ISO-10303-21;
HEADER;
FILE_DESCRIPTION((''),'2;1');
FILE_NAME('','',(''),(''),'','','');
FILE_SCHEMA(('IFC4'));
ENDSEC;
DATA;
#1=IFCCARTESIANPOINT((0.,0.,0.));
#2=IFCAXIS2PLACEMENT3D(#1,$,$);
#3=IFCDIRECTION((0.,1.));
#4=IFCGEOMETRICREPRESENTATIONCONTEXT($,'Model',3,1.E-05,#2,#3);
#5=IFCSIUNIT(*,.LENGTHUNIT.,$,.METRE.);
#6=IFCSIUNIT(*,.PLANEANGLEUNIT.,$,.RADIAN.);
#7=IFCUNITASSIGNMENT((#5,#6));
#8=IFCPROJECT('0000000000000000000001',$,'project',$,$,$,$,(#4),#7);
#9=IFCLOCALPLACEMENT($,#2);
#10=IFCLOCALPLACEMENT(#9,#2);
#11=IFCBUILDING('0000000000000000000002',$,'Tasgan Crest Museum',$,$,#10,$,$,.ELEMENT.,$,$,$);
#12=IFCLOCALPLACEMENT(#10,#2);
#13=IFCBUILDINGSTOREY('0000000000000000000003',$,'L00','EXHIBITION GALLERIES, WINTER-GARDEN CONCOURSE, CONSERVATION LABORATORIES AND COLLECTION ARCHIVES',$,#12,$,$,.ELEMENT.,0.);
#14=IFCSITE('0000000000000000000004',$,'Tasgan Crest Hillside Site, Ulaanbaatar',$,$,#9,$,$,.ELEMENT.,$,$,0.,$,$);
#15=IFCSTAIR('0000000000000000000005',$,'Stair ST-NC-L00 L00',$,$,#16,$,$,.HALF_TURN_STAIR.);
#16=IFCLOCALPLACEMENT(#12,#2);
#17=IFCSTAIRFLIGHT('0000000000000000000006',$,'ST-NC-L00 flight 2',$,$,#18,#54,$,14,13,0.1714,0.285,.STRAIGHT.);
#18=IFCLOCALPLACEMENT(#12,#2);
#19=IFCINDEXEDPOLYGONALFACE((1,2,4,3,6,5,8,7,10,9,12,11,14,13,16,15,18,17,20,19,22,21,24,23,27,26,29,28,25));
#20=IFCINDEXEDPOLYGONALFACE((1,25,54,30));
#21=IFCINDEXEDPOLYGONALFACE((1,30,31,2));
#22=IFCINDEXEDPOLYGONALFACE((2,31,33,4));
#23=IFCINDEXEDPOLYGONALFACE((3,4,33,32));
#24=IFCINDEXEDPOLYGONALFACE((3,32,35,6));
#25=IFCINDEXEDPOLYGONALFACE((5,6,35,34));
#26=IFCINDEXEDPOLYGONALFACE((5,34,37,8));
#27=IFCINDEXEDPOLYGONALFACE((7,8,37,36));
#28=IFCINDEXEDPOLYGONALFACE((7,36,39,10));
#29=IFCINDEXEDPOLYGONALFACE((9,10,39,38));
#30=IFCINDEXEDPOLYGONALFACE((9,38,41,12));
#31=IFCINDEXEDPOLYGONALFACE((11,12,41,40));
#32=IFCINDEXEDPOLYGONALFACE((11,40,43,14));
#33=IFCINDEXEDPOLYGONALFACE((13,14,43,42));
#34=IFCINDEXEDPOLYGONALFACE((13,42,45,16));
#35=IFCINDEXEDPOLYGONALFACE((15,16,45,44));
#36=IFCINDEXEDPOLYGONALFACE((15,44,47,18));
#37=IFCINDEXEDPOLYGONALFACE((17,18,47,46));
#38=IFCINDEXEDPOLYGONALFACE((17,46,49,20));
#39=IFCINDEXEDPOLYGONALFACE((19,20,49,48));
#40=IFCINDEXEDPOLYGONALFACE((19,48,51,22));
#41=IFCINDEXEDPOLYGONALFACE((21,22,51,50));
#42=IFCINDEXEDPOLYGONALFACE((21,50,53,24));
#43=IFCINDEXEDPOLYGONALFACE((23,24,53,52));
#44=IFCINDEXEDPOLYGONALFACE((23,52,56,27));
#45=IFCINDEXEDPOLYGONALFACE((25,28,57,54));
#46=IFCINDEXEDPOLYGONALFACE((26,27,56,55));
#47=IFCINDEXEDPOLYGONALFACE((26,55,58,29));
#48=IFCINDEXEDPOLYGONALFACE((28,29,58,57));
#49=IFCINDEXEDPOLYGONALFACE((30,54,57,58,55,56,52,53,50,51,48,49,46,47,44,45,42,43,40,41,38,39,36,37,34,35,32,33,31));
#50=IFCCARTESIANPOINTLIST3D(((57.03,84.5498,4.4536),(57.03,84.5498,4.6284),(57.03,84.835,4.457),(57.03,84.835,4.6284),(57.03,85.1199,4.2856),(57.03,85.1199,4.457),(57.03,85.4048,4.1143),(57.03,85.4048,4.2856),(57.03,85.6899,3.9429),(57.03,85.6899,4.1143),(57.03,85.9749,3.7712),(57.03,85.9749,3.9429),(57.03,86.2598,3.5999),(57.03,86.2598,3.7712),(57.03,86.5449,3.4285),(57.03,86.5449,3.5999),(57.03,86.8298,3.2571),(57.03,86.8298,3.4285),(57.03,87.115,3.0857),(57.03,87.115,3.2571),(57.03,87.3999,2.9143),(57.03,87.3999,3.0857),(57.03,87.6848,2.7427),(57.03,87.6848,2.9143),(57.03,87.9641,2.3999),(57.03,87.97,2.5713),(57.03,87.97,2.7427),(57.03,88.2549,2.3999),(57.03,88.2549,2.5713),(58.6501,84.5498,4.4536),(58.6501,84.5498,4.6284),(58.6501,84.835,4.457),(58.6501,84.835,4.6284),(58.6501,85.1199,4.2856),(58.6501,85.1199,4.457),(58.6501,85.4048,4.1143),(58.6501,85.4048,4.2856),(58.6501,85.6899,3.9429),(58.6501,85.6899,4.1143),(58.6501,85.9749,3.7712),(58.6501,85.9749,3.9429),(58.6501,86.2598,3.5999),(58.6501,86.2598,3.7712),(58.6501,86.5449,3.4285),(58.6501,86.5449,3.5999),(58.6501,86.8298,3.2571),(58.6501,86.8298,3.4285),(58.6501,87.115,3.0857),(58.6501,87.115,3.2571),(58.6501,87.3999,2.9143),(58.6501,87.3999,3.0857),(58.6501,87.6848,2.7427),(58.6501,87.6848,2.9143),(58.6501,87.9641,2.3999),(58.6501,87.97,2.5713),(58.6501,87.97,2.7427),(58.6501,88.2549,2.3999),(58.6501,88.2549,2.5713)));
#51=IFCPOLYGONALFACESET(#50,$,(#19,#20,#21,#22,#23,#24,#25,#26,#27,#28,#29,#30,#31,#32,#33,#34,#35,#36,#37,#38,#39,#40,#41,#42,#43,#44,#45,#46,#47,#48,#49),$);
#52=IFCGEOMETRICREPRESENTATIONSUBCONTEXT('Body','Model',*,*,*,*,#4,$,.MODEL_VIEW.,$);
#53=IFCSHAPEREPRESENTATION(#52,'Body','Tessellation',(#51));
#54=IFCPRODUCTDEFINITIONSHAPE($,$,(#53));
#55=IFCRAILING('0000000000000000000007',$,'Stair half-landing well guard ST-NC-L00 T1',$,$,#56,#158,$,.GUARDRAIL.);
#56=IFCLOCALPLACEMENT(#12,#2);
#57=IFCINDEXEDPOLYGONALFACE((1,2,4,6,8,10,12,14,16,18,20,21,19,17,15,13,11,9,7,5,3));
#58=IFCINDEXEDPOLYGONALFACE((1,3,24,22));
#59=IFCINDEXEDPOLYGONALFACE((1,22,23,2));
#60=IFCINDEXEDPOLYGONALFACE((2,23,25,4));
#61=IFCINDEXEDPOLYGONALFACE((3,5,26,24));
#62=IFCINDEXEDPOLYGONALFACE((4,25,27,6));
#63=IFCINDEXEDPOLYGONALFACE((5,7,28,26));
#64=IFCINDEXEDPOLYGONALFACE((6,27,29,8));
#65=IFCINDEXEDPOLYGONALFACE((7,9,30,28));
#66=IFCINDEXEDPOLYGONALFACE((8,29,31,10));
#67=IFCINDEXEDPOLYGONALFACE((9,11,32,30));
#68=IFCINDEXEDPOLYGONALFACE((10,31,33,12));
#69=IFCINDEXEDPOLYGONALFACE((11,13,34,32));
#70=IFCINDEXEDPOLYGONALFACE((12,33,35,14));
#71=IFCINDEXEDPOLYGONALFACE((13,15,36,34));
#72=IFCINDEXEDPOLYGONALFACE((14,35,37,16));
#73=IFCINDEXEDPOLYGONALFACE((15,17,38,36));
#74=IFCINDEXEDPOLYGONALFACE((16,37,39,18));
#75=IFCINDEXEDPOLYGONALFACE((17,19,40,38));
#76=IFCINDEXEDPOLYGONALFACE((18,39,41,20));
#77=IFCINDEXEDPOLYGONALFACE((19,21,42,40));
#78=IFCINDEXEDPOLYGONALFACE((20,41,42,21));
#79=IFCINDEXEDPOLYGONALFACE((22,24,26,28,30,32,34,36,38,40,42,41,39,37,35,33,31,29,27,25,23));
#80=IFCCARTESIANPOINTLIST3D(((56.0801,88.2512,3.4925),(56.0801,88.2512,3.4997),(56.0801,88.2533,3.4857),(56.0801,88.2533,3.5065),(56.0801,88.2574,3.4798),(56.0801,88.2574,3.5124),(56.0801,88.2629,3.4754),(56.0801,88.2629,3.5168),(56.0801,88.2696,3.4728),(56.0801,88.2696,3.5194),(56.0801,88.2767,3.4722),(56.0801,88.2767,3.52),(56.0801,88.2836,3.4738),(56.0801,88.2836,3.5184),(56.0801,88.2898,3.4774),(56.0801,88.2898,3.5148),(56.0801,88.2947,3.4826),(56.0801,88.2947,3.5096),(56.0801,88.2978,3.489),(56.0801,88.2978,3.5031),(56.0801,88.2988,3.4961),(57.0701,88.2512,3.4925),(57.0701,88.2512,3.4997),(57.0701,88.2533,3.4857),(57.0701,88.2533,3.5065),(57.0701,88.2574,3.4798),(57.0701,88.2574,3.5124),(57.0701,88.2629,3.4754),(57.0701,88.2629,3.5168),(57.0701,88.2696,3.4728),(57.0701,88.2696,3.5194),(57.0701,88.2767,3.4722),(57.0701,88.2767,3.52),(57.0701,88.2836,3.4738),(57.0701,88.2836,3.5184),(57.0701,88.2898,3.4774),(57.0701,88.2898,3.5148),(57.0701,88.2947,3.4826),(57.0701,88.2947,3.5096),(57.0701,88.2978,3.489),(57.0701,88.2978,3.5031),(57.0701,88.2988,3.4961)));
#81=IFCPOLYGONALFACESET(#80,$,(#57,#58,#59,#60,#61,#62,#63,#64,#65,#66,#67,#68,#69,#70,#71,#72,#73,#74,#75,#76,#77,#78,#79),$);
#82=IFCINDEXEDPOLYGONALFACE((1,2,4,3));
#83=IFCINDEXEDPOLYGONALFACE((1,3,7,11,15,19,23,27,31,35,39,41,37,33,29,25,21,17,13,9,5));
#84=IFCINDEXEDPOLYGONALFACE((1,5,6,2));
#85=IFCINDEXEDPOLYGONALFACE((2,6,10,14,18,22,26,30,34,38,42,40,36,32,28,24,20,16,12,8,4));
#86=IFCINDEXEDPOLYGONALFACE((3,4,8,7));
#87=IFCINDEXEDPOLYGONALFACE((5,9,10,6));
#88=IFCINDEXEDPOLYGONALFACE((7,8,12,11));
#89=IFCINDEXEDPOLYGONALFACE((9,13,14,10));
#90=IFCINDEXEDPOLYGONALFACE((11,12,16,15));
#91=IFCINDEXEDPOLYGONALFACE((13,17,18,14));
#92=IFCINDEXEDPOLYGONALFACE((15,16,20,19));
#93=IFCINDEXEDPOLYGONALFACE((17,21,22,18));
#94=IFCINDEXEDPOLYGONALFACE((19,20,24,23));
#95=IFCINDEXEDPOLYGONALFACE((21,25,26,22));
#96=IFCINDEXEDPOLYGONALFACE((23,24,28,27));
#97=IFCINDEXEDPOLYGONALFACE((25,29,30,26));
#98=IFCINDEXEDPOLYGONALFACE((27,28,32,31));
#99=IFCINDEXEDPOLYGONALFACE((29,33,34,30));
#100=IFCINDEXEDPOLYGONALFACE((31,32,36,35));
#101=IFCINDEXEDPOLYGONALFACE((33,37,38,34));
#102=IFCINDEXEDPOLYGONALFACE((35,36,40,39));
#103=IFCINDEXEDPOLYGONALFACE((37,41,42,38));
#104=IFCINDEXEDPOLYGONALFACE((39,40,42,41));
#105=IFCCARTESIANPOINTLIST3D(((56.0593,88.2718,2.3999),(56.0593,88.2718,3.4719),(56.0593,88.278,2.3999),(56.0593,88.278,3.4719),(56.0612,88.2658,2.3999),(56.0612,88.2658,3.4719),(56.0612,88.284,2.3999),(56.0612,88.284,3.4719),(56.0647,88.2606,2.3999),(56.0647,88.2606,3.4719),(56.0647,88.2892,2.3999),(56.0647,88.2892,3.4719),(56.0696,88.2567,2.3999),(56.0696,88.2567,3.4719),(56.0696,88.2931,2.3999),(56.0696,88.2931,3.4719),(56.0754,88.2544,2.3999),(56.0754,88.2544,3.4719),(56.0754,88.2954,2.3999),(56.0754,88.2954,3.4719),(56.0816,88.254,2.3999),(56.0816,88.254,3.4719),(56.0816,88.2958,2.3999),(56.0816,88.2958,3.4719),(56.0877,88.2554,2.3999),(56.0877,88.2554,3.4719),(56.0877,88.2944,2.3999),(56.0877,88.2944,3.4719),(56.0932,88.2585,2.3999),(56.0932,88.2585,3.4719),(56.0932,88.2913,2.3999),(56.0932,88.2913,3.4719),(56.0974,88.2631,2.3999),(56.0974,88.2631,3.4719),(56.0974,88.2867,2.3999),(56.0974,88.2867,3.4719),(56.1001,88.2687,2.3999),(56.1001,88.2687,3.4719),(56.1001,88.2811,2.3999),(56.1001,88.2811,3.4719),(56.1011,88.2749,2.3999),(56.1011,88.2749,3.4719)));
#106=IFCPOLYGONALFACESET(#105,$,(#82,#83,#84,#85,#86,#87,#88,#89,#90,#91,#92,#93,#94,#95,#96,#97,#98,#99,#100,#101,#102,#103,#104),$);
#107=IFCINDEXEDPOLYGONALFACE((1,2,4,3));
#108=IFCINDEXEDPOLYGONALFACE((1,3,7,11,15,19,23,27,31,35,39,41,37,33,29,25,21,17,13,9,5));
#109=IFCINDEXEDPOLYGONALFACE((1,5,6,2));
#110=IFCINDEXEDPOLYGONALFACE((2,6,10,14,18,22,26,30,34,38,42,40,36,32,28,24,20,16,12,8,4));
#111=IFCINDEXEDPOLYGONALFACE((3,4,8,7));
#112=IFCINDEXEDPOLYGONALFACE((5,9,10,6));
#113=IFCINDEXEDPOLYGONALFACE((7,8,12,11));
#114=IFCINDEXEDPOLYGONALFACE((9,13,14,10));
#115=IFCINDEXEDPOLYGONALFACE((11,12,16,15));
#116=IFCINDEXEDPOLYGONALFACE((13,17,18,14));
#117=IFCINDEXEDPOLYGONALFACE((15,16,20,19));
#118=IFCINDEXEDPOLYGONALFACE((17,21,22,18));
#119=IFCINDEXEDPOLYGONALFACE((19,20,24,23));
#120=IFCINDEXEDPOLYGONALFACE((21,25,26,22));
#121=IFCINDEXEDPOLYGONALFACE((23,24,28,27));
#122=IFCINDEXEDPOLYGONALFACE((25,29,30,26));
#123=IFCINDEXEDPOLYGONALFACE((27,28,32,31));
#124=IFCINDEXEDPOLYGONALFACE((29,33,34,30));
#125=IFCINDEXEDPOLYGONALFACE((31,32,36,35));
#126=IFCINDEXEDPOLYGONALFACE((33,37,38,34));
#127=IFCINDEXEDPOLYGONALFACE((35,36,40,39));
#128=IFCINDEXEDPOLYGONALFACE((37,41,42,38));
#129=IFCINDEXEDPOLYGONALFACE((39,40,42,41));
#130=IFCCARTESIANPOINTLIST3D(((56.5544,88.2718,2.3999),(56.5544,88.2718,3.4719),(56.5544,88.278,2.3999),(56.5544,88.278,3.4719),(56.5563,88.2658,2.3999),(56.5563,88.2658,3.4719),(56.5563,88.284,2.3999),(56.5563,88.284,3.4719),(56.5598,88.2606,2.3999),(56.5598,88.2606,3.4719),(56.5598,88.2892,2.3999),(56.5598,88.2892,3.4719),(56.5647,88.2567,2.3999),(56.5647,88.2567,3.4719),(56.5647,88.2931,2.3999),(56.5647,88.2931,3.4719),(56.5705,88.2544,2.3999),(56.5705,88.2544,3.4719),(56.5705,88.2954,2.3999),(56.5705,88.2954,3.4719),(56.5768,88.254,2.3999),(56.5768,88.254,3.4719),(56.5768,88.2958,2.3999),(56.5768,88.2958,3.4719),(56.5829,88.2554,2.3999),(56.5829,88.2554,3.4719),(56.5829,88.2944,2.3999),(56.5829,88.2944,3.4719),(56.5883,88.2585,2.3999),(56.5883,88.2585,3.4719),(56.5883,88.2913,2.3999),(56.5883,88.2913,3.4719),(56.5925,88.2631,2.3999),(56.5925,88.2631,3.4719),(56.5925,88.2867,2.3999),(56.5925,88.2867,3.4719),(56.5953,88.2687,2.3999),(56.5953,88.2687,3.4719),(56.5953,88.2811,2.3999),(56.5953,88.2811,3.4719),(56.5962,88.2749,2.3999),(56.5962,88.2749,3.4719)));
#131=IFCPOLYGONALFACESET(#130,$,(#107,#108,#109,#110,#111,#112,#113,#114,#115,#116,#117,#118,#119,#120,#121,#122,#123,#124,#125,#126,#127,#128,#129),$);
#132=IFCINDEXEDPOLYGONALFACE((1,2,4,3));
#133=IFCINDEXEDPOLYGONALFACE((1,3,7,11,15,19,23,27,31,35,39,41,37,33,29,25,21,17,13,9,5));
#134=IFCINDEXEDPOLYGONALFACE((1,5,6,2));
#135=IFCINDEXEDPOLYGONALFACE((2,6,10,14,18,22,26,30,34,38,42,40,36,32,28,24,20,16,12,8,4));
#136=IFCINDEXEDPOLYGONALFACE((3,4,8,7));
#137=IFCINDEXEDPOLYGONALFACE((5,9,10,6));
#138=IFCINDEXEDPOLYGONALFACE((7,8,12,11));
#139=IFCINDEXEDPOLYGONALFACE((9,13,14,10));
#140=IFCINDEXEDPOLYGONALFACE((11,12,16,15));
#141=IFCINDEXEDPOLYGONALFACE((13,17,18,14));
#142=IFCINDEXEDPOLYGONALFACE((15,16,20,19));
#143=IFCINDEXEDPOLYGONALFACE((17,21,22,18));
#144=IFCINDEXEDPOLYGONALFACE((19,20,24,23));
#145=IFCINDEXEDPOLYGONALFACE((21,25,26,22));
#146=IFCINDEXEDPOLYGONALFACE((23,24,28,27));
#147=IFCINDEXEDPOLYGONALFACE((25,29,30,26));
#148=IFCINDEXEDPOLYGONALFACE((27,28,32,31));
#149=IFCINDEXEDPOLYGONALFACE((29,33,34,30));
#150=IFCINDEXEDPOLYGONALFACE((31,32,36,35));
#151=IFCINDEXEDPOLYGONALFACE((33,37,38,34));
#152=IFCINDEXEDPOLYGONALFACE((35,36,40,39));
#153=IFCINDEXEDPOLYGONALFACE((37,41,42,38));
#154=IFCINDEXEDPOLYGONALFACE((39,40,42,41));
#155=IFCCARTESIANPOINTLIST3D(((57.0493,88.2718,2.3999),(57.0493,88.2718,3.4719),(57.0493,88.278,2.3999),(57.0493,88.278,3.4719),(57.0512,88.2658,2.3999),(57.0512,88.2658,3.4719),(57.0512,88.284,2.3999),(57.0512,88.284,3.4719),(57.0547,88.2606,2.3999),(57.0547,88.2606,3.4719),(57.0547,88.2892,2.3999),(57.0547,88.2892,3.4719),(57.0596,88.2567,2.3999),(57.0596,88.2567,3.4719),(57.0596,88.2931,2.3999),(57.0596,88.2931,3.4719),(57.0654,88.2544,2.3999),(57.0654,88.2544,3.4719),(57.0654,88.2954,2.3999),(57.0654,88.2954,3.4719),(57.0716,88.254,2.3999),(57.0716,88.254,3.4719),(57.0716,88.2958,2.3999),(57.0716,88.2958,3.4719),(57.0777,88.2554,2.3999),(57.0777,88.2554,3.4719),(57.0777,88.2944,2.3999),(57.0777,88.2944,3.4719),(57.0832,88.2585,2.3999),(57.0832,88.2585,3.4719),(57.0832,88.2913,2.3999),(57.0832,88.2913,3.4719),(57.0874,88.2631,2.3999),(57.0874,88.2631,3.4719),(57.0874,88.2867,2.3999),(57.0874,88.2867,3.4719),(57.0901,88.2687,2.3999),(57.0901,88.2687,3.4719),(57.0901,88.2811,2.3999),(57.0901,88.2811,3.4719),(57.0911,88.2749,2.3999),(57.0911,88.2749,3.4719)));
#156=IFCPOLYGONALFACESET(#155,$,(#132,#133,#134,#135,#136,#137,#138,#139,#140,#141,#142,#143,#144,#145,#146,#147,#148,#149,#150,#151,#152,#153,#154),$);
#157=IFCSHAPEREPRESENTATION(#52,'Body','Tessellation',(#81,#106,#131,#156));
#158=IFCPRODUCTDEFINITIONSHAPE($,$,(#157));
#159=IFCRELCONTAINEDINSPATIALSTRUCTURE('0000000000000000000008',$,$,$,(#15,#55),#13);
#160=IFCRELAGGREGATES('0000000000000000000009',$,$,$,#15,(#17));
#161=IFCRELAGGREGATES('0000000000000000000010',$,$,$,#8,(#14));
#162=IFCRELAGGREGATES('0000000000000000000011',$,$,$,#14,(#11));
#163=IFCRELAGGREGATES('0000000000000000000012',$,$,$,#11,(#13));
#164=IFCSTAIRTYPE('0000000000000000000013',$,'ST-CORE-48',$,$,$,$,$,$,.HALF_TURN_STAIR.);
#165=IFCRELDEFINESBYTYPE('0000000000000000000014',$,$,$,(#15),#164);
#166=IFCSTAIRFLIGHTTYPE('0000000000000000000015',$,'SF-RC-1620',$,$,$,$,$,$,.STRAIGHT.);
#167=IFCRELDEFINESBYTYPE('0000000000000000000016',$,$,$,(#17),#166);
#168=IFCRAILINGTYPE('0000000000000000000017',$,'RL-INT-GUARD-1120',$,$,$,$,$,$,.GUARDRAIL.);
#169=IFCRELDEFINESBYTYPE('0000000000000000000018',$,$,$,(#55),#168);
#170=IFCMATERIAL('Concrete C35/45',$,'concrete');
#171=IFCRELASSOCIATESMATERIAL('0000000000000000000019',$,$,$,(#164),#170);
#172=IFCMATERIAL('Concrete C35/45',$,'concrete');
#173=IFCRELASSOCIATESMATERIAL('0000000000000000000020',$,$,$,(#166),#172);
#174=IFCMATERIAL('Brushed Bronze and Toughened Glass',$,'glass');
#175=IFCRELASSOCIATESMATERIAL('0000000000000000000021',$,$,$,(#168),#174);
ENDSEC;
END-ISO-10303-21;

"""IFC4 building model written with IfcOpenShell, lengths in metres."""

from ifc_helpers import new_model, si_unit, direction, frame, origin, origin_2d, place, context, subcontext, project, spatial, polyline, circle, outline, extrude, material, type_object, element, aggregate, save


model = new_model("IFC4")

# Units and contexts
model_context = context("Model", 3, precision=1e-05, world=origin(), true_north=direction((0.0, 1.0)))
body_context = subcontext(model_context, "Body", "Model", "MODEL_VIEW")
ifc_project = project(units=[si_unit("LENGTHUNIT", "METRE"), si_unit("PLANEANGLEUNIT", "RADIAN")], contexts=[model_context])

# Site, building, storey
site_placement = place(None, origin())
site = spatial("IfcSite", under=ifc_project, at=site_placement, Name="Tasgan Crest Hillside Site, Ulaanbaatar", CompositionType="ELEMENT", RefElevation=0.0)
building_placement = place(site_placement, origin())
building = spatial("IfcBuilding", under=site, at=building_placement, Name="Tasgan Crest Museum", CompositionType="ELEMENT")
storey_placement = place(building_placement, origin())
storey = spatial("IfcBuildingStorey", under=building, at=storey_placement, Name="L00", Description="EXHIBITION GALLERIES, WINTER-GARDEN CONCOURSE, CONSERVATION LABORATORIES AND COLLECTION ARCHIVES", CompositionType="ELEMENT", Elevation=0.0)

# Stair, stair flight
ifc_material_1 = material(Name="Concrete C35/45", Category="concrete")
stair_type = type_object("IfcStairType", Name="ST-CORE-48", PredefinedType="HALF_TURN_STAIR", material=ifc_material_1)
stair_placement = place(storey_placement, origin())
stair = element("IfcStair", 1, at=stair_placement, inside=storey, type_object=stair_type, Name="Stair ST-NC-L00 L00", PredefinedType="HALF_TURN_STAIR")
ifc_material_2 = material(Name="Concrete C35/45", Category="concrete")
stair_flight_type = type_object("IfcStairFlightType", Name="SF-RC-1620", PredefinedType="STRAIGHT", material=ifc_material_2)
stair_flight_placement = place(storey_placement, frame((57.8401, 88.2549, 2.3999), z_axis=(0.0, 0.0, 1.0), x_axis=(0.0, -1.0, 0.0)))
stair_flight = element("IfcStairFlight", 2, at=stair_flight_placement, type_object=stair_flight_type, Name="ST-NC-L00 flight 2", NumberOfRisers=14, NumberOfTreads=13, PredefinedType="STRAIGHT", RiserHeight=0.1714, TreadLength=0.285, context=body_context, shape_type="SweptSolid", body=[
    extrude(outline(polyline([(0.0, 0.0), (0.0, 0.1714), (0.2849, 0.1714), (0.2849, 0.3428), (0.5701, 0.3428), (0.5701, 0.5144), (0.855, 0.5144), (0.855, 0.6858), (1.1399, 0.6858), (1.1399, 0.8572), (1.425, 0.8572), (1.425, 1.0286), (1.71, 1.0286), (1.71, 1.2), (1.9951, 1.2), (1.9951, 1.3713), (2.28, 1.3713), (2.28, 1.543), (2.5649, 1.543), (2.5649, 1.7144), (2.8501, 1.7144), (2.8501, 1.8857), (3.135, 1.8857), (3.135, 2.0571), (3.4199, 2.0571), (3.4199, 2.2285), (3.7051, 2.2285), (3.7051, 2.3999), (3.7051, 2.0537), (0.2908, 0.0), (0.0, 0.0)])), frame((0.0, 0.8101, 0.0), z_axis=(0.0, -1.0, 0.0), x_axis=(1.0, 0.0, 0.0)), (0.0, 0.0, 1.0), 1.6201),
])
aggregate(stair, [stair_flight])

# Railing
ifc_material_3 = material(Name="Brushed Bronze and Toughened Glass", Category="glass")
railing_type_1 = type_object("IfcRailingType", Name="RL-INT-GUARD-1120", PredefinedType="GUARDRAIL", material=ifc_material_3)
railing_1_placement = place(storey_placement, frame((56.0801, 88.2749, 2.3999)))
element("IfcRailing", 3, at=railing_1_placement, inside=storey, type_object=railing_type_1, Name="Stair half-landing well guard ST-NC-L00 T1", PredefinedType="GUARDRAIL", context=body_context, shape_type="SweptSolid", body=[
    extrude(circle(Radius=0.0239, at=origin_2d()), frame((0.0, 0.0, 1.0962), z_axis=(1.0, 0.0, 0.0), x_axis=(0.0, 1.0, 0.0)), (0.0, 0.0, 1.0), 0.99),
    extrude(circle(Radius=0.021, at=origin_2d()), origin(), (0.0, 0.0, 1.0), 1.072),
    extrude(circle(Radius=0.021, at=origin_2d()), frame((0.4951, 0.0, 0.0)), (0.0, 0.0, 1.0), 1.072),
    extrude(circle(Radius=0.021, at=origin_2d()), frame((0.99, 0.0, 0.0)), (0.0, 0.0, 1.0), 1.072),
])

save(model, "model.ifc")
